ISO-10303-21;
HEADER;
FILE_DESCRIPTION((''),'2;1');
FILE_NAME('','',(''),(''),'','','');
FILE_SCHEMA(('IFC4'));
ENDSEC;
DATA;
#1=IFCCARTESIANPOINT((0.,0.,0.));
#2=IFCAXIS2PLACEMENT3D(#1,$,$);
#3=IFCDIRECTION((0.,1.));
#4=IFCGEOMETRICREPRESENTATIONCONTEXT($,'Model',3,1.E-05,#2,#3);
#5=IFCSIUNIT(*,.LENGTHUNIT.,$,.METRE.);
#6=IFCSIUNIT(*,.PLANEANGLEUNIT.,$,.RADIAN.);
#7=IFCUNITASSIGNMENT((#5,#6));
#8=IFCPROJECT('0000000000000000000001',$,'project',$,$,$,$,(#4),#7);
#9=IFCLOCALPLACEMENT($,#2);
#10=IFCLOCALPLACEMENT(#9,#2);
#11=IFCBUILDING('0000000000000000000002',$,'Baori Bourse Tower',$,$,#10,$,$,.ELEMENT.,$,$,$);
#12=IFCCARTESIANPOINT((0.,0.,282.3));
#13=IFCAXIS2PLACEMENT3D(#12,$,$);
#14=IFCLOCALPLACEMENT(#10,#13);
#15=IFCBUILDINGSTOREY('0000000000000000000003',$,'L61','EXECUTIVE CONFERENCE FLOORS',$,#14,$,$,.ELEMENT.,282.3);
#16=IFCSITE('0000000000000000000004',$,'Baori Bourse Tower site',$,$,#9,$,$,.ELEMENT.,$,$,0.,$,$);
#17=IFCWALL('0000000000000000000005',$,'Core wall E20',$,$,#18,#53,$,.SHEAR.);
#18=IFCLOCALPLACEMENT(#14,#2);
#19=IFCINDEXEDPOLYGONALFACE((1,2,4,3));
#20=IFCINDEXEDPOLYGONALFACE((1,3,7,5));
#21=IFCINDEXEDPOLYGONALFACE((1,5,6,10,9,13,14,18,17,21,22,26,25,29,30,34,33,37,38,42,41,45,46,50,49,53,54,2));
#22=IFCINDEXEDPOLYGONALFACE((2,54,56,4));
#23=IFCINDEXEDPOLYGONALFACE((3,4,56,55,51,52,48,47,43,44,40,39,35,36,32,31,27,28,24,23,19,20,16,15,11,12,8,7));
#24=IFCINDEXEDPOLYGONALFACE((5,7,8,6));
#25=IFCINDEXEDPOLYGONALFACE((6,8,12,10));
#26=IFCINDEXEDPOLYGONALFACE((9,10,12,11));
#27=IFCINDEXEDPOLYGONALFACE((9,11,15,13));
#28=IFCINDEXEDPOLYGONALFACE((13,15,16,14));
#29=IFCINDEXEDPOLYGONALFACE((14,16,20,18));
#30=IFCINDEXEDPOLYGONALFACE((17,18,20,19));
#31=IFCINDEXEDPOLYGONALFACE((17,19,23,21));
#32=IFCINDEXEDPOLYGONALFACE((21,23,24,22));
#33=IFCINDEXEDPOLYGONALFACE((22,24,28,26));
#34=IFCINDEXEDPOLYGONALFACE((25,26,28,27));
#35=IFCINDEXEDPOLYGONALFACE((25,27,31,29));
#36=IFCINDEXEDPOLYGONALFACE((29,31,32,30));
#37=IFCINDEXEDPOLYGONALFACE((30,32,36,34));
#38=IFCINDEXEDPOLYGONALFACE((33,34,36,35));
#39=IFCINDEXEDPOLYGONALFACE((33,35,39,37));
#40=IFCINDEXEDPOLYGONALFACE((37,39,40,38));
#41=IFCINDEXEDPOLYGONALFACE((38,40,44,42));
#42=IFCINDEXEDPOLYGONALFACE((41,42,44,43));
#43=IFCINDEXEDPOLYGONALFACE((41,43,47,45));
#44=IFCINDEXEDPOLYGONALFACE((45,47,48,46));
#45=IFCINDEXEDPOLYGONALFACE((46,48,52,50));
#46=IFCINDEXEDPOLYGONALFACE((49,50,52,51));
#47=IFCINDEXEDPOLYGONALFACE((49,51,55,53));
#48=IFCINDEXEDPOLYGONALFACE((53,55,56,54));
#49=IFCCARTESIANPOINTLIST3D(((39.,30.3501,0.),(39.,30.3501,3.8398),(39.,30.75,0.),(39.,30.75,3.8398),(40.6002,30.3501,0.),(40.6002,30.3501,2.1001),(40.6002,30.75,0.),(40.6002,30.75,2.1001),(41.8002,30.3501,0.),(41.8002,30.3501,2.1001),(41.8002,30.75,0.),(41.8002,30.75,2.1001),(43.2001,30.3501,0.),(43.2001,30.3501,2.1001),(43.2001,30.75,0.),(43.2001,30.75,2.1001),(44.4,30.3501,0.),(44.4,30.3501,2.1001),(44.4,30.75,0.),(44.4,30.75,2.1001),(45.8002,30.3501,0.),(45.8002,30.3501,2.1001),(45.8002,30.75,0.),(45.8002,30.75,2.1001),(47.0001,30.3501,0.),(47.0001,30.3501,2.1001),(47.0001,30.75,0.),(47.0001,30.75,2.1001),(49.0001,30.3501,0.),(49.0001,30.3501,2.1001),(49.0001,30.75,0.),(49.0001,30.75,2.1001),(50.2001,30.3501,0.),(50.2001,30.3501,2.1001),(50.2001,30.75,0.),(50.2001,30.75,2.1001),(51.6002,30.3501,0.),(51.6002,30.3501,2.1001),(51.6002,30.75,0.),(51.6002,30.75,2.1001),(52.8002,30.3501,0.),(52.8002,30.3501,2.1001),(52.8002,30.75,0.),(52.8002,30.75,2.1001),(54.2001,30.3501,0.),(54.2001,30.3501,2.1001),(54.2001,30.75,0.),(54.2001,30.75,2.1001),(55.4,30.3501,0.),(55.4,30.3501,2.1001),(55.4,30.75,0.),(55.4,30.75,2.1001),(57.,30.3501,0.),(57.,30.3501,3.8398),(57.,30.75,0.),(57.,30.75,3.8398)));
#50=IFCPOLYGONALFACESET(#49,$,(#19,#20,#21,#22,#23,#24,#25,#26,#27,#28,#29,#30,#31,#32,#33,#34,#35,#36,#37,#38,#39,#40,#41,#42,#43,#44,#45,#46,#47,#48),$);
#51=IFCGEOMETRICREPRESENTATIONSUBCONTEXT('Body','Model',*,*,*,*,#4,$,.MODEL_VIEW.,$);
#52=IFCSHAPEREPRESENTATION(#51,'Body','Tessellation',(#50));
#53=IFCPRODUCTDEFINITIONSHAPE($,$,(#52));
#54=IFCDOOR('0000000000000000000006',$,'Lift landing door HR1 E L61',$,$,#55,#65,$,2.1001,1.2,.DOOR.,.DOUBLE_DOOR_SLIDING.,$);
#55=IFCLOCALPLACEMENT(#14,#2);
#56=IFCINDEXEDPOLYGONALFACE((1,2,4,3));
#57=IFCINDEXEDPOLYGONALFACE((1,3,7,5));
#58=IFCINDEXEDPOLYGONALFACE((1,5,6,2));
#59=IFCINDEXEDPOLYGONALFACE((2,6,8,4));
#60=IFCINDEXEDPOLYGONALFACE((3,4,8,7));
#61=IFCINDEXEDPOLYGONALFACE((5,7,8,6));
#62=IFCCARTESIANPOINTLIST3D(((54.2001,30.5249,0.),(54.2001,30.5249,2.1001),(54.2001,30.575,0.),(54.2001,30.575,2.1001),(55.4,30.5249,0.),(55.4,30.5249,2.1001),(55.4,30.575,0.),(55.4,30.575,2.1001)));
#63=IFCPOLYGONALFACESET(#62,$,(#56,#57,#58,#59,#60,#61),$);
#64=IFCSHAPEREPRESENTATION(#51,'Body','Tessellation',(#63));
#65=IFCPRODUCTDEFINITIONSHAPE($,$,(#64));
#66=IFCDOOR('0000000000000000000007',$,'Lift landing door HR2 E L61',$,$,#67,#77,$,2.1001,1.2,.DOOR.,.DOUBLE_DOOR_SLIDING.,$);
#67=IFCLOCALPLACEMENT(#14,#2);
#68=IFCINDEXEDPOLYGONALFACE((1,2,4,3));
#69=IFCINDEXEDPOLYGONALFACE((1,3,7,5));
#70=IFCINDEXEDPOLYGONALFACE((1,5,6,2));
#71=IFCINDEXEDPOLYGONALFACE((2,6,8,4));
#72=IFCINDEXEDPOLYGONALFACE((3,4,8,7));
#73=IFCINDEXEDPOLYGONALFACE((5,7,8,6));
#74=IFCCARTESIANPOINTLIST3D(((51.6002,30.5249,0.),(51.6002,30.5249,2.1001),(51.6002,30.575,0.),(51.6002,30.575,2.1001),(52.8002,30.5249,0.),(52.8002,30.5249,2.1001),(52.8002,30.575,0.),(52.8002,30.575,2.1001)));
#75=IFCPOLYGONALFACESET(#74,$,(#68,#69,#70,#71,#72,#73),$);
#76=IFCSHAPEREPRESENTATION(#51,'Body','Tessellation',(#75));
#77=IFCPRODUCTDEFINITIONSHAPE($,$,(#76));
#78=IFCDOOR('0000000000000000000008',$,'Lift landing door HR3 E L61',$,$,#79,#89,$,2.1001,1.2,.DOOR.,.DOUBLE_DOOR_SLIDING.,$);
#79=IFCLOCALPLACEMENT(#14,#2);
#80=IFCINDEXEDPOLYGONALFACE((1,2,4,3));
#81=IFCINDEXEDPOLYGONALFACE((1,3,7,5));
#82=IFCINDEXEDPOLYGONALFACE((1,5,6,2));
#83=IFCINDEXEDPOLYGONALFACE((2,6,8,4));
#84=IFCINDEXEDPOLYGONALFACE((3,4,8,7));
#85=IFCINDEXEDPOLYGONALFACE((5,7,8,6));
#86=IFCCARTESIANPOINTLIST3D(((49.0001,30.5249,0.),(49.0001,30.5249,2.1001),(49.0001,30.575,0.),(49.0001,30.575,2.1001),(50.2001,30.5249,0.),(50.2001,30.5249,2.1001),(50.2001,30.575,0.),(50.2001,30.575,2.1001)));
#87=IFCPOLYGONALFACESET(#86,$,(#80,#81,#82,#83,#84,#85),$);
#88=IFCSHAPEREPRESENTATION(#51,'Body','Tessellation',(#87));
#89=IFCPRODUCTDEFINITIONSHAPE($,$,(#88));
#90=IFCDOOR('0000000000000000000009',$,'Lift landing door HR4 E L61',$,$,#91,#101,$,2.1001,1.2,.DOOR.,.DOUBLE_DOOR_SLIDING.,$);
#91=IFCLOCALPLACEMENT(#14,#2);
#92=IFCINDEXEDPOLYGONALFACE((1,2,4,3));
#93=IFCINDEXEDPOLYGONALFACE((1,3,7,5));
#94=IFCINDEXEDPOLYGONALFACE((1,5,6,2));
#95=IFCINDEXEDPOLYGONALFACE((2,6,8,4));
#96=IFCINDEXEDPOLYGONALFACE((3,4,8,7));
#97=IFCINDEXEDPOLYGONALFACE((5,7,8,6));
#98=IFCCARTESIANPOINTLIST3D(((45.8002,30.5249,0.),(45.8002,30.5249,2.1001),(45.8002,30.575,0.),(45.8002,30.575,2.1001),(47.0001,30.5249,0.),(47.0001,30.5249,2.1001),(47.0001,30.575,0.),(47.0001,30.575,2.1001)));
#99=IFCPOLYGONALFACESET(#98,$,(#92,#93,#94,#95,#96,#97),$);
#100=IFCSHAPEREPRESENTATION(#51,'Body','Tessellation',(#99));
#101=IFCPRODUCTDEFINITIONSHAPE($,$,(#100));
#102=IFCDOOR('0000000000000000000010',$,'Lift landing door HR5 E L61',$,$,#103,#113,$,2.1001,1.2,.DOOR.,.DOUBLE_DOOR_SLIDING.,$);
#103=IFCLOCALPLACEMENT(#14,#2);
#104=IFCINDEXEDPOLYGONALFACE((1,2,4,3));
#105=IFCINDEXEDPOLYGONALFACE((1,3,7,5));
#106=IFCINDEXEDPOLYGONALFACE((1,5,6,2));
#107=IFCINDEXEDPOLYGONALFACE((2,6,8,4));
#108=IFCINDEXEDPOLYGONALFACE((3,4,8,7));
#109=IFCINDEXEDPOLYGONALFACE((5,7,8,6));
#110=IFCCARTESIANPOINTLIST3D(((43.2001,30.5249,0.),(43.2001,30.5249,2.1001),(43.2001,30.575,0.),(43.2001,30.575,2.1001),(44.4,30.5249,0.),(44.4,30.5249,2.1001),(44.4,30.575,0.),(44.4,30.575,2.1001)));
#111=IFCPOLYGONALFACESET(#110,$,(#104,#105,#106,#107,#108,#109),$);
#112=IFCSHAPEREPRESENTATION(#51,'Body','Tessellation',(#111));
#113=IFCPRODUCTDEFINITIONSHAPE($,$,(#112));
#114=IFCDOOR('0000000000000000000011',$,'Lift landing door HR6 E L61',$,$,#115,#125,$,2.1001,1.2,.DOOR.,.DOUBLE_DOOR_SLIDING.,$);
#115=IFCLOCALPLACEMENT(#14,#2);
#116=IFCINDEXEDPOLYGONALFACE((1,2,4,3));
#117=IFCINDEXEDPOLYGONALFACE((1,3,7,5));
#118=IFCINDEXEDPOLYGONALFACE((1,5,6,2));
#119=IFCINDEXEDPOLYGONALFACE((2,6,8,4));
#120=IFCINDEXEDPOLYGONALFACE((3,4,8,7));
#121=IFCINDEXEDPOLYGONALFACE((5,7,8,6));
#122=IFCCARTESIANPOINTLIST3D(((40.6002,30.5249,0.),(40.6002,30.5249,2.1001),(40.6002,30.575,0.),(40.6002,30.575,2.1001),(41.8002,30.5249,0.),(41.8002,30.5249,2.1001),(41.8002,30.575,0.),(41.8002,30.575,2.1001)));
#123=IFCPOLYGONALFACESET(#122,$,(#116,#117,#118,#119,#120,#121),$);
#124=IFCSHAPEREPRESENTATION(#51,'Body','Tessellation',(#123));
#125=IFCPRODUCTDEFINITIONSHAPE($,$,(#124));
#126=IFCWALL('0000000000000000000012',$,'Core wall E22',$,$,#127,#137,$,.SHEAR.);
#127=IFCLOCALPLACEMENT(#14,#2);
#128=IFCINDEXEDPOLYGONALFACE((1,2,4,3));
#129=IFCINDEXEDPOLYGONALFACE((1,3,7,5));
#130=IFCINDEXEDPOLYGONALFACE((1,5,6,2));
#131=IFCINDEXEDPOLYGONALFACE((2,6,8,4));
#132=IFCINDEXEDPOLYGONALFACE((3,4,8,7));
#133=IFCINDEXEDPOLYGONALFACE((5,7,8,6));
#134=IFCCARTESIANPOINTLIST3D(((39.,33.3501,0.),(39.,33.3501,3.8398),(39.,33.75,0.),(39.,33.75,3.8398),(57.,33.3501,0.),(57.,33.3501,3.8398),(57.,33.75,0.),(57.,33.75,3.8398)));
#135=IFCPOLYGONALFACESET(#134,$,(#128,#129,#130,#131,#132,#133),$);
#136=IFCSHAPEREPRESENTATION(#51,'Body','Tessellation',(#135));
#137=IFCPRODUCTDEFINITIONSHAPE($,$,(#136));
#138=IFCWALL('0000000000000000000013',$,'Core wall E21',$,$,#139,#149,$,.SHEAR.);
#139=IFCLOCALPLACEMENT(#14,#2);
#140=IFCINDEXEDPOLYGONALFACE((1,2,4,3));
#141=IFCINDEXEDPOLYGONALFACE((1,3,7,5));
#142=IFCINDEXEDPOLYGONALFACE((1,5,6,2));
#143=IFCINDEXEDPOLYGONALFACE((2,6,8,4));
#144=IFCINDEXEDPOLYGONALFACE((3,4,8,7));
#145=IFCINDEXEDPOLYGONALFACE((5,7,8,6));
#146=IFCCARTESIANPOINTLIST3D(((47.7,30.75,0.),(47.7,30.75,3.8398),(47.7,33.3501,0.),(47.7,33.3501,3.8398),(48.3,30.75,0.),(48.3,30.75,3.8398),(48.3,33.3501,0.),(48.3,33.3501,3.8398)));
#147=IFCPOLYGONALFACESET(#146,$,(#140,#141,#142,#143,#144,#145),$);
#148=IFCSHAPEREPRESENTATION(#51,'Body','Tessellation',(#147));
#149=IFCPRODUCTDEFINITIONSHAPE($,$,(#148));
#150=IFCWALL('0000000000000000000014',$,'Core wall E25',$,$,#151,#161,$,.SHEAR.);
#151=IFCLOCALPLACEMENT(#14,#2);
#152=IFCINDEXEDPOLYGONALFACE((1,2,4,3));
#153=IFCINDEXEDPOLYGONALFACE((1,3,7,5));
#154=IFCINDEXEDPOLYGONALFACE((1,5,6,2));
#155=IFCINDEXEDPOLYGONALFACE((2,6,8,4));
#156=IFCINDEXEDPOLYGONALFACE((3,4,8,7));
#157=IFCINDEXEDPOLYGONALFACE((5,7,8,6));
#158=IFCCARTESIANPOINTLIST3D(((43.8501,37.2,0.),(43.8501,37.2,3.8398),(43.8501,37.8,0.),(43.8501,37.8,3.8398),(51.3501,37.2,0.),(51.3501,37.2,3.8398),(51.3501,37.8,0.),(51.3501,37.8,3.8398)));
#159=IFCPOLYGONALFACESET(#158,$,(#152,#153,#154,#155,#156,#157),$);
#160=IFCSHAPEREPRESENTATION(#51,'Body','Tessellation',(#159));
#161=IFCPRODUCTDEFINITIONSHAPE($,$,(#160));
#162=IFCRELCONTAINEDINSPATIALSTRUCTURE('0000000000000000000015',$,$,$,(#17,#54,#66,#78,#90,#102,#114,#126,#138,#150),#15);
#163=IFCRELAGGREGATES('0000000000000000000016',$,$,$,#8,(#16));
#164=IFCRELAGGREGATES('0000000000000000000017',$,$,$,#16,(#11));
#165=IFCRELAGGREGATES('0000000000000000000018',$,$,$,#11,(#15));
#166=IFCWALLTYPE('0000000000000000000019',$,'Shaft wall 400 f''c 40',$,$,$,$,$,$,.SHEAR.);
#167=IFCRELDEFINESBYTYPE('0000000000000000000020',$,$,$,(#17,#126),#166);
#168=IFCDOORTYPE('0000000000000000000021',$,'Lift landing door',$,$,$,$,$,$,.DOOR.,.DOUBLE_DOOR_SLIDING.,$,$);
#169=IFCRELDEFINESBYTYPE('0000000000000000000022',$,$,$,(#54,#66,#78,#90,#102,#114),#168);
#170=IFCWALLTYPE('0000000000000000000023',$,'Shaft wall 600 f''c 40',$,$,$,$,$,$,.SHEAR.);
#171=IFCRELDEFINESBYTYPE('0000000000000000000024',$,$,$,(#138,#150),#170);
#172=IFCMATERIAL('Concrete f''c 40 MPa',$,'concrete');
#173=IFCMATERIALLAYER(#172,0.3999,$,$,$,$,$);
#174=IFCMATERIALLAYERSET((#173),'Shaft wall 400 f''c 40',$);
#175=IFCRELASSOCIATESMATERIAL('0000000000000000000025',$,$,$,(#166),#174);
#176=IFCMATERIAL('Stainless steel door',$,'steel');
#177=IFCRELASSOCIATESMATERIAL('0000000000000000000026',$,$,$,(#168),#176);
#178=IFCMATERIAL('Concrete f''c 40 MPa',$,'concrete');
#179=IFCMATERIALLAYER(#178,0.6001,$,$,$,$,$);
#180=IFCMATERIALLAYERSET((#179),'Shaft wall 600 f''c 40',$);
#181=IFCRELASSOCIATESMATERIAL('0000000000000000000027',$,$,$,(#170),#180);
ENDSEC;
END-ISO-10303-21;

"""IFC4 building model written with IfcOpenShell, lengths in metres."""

from ifc_helpers import new_model, si_unit, direction, frame, frame_2d, origin, place, context, subcontext, project, spatial, rectangle, extrude, material, layer, layer_set, type_object, element, fill, save


model = new_model("IFC4")

# Units and contexts
model_context = context("Model", 3, precision=1e-05, world=origin(), true_north=direction((0.0, 1.0)))
body_context = subcontext(model_context, "Body", "Model", "MODEL_VIEW")
ifc_project = project(units=[si_unit("LENGTHUNIT", "METRE"), si_unit("PLANEANGLEUNIT", "RADIAN")], contexts=[model_context])

# Site, building, storey
site_placement = place(None, origin())
site = spatial("IfcSite", under=ifc_project, at=site_placement, Name="Baori Bourse Tower site", CompositionType="ELEMENT", RefElevation=0.0)
building_placement = place(site_placement, origin())
building = spatial("IfcBuilding", under=site, at=building_placement, Name="Baori Bourse Tower", CompositionType="ELEMENT")
storey_placement = place(building_placement, frame((0.0, 0.0, 282.3)))
storey = spatial("IfcBuildingStorey", under=building, at=storey_placement, Name="L61", Description="EXECUTIVE CONFERENCE FLOORS", CompositionType="ELEMENT", Elevation=282.3)

# Wall, openings, doors
ifc_material_1 = material(Name="Concrete f'c 40 MPa", Category="concrete")
ifc_layer_1 = layer(ifc_material_1, 0.3999)
ifc_layer_set_1 = layer_set([ifc_layer_1], Name="Shaft wall 400 f'c 40")
wall_type_1 = type_object("IfcWallType", Name="Shaft wall 400 f'c 40", PredefinedType="SHEAR", material=ifc_layer_set_1)
ifc_material_2 = material(Name="Stainless steel door", Category="steel")
door_type_1 = type_object("IfcDoorType", Name="Lift landing door", OperationType="DOUBLE_DOOR_SLIDING", PredefinedType="DOOR", material=ifc_material_2)
wall_1_placement = place(storey_placement, frame((39.0, 30.55, 0.0), z_axis=(0.0, 0.0, 1.0), x_axis=(1.0, 0.0, 0.0)))
wall_1 = element("IfcWall", 1, at=wall_1_placement, inside=storey, type_object=wall_type_1, Name="Core wall E20", PredefinedType="SHEAR", context=body_context, shape_type="SweptSolid", body=[
    extrude(rectangle(XDim=18.0, YDim=0.3999, at=frame_2d((9.0, 0.0))), origin(), (0.0, 0.0, 1.0), 3.8398),
])
opening_1_placement = place(wall_1_placement, frame((15.2, 0.0, 0.0)))
opening_1 = element("IfcOpeningElement", 2, at=opening_1_placement, cuts=wall_1, PredefinedType="OPENING", context=body_context, shape_type="SweptSolid", body=[
    extrude(rectangle(XDim=1.2, YDim=2.1001, at=frame_2d((0.6001, 1.05))), frame((0.0, 0.21, 0.0), z_axis=(0.0, -1.0, 0.0), x_axis=(1.0, 0.0, 0.0)), (0.0, 0.0, 1.0), 0.4199),
])
opening_2_placement = place(wall_1_placement, frame((12.6001, 0.0, 0.0)))
opening_2 = element("IfcOpeningElement", 3, at=opening_2_placement, cuts=wall_1, PredefinedType="OPENING", context=body_context, shape_type="SweptSolid", body=[
    extrude(rectangle(XDim=1.2, YDim=2.1001, at=frame_2d((0.6001, 1.05))), frame((0.0, 0.21, 0.0), z_axis=(0.0, -1.0, 0.0), x_axis=(1.0, 0.0, 0.0)), (0.0, 0.0, 1.0), 0.4199),
])
opening_3_placement = place(wall_1_placement, frame((10.0, 0.0, 0.0)))
opening_3 = element("IfcOpeningElement", 4, at=opening_3_placement, cuts=wall_1, PredefinedType="OPENING", context=body_context, shape_type="SweptSolid", body=[
    extrude(rectangle(XDim=1.2, YDim=2.1001, at=frame_2d((0.6001, 1.05))), frame((0.0, 0.21, 0.0), z_axis=(0.0, -1.0, 0.0), x_axis=(1.0, 0.0, 0.0)), (0.0, 0.0, 1.0), 0.4199),
])
opening_4_placement = place(wall_1_placement, frame((6.8, 0.0, 0.0)))
opening_4 = element("IfcOpeningElement", 5, at=opening_4_placement, cuts=wall_1, PredefinedType="OPENING", context=body_context, shape_type="SweptSolid", body=[
    extrude(rectangle(XDim=1.2, YDim=2.1001, at=frame_2d((0.6001, 1.05))), frame((0.0, 0.21, 0.0), z_axis=(0.0, -1.0, 0.0), x_axis=(1.0, 0.0, 0.0)), (0.0, 0.0, 1.0), 0.4199),
])
opening_5_placement = place(wall_1_placement, frame((4.2, 0.0, 0.0)))
opening_5 = element("IfcOpeningElement", 6, at=opening_5_placement, cuts=wall_1, PredefinedType="OPENING", context=body_context, shape_type="SweptSolid", body=[
    extrude(rectangle(XDim=1.2, YDim=2.1001, at=frame_2d((0.6001, 1.05))), frame((0.0, 0.21, 0.0), z_axis=(0.0, -1.0, 0.0), x_axis=(1.0, 0.0, 0.0)), (0.0, 0.0, 1.0), 0.4199),
])
opening_6_placement = place(wall_1_placement, frame((1.6001, 0.0, 0.0)))
opening_6 = element("IfcOpeningElement", 7, at=opening_6_placement, cuts=wall_1, PredefinedType="OPENING", context=body_context, shape_type="SweptSolid", body=[
    extrude(rectangle(XDim=1.2, YDim=2.1001, at=frame_2d((0.6001, 1.05))), frame((0.0, 0.21, 0.0), z_axis=(0.0, -1.0, 0.0), x_axis=(1.0, 0.0, 0.0)), (0.0, 0.0, 1.0), 0.4199),
])
door_1_placement = place(opening_1_placement, origin())
door_1 = element("IfcDoor", 8, at=door_1_placement, inside=storey, type_object=door_type_1, Name="Lift landing door HR1 E L61", OperationType="DOUBLE_DOOR_SLIDING", OverallHeight=2.1001, OverallWidth=1.2, PredefinedType="DOOR", context=body_context, shape_type="SweptSolid", body=[
    extrude(rectangle(XDim=1.2, YDim=2.1001, at=frame_2d((0.6001, 1.05))), frame((0.0, 0.0249, 0.0), z_axis=(0.0, -1.0, 0.0), x_axis=(1.0, 0.0, 0.0)), (0.0, 0.0, 1.0), 0.05),
])
fill(opening_1, door_1)
door_2_placement = place(opening_2_placement, origin())
door_2 = element("IfcDoor", 9, at=door_2_placement, inside=storey, type_object=door_type_1, Name="Lift landing door HR2 E L61", OperationType="DOUBLE_DOOR_SLIDING", OverallHeight=2.1001, OverallWidth=1.2, PredefinedType="DOOR", context=body_context, shape_type="SweptSolid", body=[
    extrude(rectangle(XDim=1.2, YDim=2.1001, at=frame_2d((0.6001, 1.05))), frame((0.0, 0.0249, 0.0), z_axis=(0.0, -1.0, 0.0), x_axis=(1.0, 0.0, 0.0)), (0.0, 0.0, 1.0), 0.05),
])
fill(opening_2, door_2)
door_3_placement = place(opening_3_placement, origin())
door_3 = element("IfcDoor", 10, at=door_3_placement, inside=storey, type_object=door_type_1, Name="Lift landing door HR3 E L61", OperationType="DOUBLE_DOOR_SLIDING", OverallHeight=2.1001, OverallWidth=1.2, PredefinedType="DOOR", context=body_context, shape_type="SweptSolid", body=[
    extrude(rectangle(XDim=1.2, YDim=2.1001, at=frame_2d((0.6001, 1.05))), frame((0.0, 0.0249, 0.0), z_axis=(0.0, -1.0, 0.0), x_axis=(1.0, 0.0, 0.0)), (0.0, 0.0, 1.0), 0.05),
])
fill(opening_3, door_3)
door_4_placement = place(opening_4_placement, origin())
door_4 = element("IfcDoor", 11, at=door_4_placement, inside=storey, type_object=door_type_1, Name="Lift landing door HR4 E L61", OperationType="DOUBLE_DOOR_SLIDING", OverallHeight=2.1001, OverallWidth=1.2, PredefinedType="DOOR", context=body_context, shape_type="SweptSolid", body=[
    extrude(rectangle(XDim=1.2, YDim=2.1001, at=frame_2d((0.6001, 1.05))), frame((0.0, 0.0249, 0.0), z_axis=(0.0, -1.0, 0.0), x_axis=(1.0, 0.0, 0.0)), (0.0, 0.0, 1.0), 0.05),
])
fill(opening_4, door_4)
door_5_placement = place(opening_5_placement, origin())
door_5 = element("IfcDoor", 12, at=door_5_placement, inside=storey, type_object=door_type_1, Name="Lift landing door HR5 E L61", OperationType="DOUBLE_DOOR_SLIDING", OverallHeight=2.1001, OverallWidth=1.2, PredefinedType="DOOR", context=body_context, shape_type="SweptSolid", body=[
    extrude(rectangle(XDim=1.2, YDim=2.1001, at=frame_2d((0.6001, 1.05))), frame((0.0, 0.0249, 0.0), z_axis=(0.0, -1.0, 0.0), x_axis=(1.0, 0.0, 0.0)), (0.0, 0.0, 1.0), 0.05),
])
fill(opening_5, door_5)
door_6_placement = place(opening_6_placement, origin())
door_6 = element("IfcDoor", 13, at=door_6_placement, inside=storey, type_object=door_type_1, Name="Lift landing door HR6 E L61", OperationType="DOUBLE_DOOR_SLIDING", OverallHeight=2.1001, OverallWidth=1.2, PredefinedType="DOOR", context=body_context, shape_type="SweptSolid", body=[
    extrude(rectangle(XDim=1.2, YDim=2.1001, at=frame_2d((0.6001, 1.05))), frame((0.0, 0.0249, 0.0), z_axis=(0.0, -1.0, 0.0), x_axis=(1.0, 0.0, 0.0)), (0.0, 0.0, 1.0), 0.05),
])
fill(opening_6, door_6)

# Walls
wall_2_placement = place(storey_placement, frame((39.0, 33.55, 0.0), z_axis=(0.0, 0.0, 1.0), x_axis=(1.0, 0.0, 0.0)))
element("IfcWall", 14, at=wall_2_placement, inside=storey, type_object=wall_type_1, Name="Core wall E22", PredefinedType="SHEAR", context=body_context, shape_type="SweptSolid", body=[
    extrude(rectangle(XDim=18.0, YDim=0.3999, at=frame_2d((9.0, 0.0))), origin(), (0.0, 0.0, 1.0), 3.8398),
])
ifc_material_3 = material(Name="Concrete f'c 40 MPa", Category="concrete")
ifc_layer_2 = layer(ifc_material_3, 0.6001)
ifc_layer_set_2 = layer_set([ifc_layer_2], Name="Shaft wall 600 f'c 40")
wall_type_2 = type_object("IfcWallType", Name="Shaft wall 600 f'c 40", PredefinedType="SHEAR", material=ifc_layer_set_2)
wall_3_placement = place(storey_placement, frame((48.0, 30.75, 0.0), z_axis=(0.0, 0.0, 1.0), x_axis=(0.0, 1.0, 0.0)))
element("IfcWall", 15, at=wall_3_placement, inside=storey, type_object=wall_type_2, Name="Core wall E21", PredefinedType="SHEAR", context=body_context, shape_type="SweptSolid", body=[
    extrude(rectangle(XDim=2.6001, YDim=0.6001, at=frame_2d((1.3, 0.0))), origin(), (0.0, 0.0, 1.0), 3.8398),
])
wall_4_placement = place(storey_placement, frame((43.8501, 37.5, 0.0), z_axis=(0.0, 0.0, 1.0), x_axis=(1.0, 0.0, 0.0)))
element("IfcWall", 16, at=wall_4_placement, inside=storey, type_object=wall_type_2, Name="Core wall E25", PredefinedType="SHEAR", context=body_context, shape_type="SweptSolid", body=[
    extrude(rectangle(XDim=7.5, YDim=0.6001, at=frame_2d((3.75, 0.0))), origin(), (0.0, 0.0, 1.0), 3.8398),
])

save(model, "model.ifc")
